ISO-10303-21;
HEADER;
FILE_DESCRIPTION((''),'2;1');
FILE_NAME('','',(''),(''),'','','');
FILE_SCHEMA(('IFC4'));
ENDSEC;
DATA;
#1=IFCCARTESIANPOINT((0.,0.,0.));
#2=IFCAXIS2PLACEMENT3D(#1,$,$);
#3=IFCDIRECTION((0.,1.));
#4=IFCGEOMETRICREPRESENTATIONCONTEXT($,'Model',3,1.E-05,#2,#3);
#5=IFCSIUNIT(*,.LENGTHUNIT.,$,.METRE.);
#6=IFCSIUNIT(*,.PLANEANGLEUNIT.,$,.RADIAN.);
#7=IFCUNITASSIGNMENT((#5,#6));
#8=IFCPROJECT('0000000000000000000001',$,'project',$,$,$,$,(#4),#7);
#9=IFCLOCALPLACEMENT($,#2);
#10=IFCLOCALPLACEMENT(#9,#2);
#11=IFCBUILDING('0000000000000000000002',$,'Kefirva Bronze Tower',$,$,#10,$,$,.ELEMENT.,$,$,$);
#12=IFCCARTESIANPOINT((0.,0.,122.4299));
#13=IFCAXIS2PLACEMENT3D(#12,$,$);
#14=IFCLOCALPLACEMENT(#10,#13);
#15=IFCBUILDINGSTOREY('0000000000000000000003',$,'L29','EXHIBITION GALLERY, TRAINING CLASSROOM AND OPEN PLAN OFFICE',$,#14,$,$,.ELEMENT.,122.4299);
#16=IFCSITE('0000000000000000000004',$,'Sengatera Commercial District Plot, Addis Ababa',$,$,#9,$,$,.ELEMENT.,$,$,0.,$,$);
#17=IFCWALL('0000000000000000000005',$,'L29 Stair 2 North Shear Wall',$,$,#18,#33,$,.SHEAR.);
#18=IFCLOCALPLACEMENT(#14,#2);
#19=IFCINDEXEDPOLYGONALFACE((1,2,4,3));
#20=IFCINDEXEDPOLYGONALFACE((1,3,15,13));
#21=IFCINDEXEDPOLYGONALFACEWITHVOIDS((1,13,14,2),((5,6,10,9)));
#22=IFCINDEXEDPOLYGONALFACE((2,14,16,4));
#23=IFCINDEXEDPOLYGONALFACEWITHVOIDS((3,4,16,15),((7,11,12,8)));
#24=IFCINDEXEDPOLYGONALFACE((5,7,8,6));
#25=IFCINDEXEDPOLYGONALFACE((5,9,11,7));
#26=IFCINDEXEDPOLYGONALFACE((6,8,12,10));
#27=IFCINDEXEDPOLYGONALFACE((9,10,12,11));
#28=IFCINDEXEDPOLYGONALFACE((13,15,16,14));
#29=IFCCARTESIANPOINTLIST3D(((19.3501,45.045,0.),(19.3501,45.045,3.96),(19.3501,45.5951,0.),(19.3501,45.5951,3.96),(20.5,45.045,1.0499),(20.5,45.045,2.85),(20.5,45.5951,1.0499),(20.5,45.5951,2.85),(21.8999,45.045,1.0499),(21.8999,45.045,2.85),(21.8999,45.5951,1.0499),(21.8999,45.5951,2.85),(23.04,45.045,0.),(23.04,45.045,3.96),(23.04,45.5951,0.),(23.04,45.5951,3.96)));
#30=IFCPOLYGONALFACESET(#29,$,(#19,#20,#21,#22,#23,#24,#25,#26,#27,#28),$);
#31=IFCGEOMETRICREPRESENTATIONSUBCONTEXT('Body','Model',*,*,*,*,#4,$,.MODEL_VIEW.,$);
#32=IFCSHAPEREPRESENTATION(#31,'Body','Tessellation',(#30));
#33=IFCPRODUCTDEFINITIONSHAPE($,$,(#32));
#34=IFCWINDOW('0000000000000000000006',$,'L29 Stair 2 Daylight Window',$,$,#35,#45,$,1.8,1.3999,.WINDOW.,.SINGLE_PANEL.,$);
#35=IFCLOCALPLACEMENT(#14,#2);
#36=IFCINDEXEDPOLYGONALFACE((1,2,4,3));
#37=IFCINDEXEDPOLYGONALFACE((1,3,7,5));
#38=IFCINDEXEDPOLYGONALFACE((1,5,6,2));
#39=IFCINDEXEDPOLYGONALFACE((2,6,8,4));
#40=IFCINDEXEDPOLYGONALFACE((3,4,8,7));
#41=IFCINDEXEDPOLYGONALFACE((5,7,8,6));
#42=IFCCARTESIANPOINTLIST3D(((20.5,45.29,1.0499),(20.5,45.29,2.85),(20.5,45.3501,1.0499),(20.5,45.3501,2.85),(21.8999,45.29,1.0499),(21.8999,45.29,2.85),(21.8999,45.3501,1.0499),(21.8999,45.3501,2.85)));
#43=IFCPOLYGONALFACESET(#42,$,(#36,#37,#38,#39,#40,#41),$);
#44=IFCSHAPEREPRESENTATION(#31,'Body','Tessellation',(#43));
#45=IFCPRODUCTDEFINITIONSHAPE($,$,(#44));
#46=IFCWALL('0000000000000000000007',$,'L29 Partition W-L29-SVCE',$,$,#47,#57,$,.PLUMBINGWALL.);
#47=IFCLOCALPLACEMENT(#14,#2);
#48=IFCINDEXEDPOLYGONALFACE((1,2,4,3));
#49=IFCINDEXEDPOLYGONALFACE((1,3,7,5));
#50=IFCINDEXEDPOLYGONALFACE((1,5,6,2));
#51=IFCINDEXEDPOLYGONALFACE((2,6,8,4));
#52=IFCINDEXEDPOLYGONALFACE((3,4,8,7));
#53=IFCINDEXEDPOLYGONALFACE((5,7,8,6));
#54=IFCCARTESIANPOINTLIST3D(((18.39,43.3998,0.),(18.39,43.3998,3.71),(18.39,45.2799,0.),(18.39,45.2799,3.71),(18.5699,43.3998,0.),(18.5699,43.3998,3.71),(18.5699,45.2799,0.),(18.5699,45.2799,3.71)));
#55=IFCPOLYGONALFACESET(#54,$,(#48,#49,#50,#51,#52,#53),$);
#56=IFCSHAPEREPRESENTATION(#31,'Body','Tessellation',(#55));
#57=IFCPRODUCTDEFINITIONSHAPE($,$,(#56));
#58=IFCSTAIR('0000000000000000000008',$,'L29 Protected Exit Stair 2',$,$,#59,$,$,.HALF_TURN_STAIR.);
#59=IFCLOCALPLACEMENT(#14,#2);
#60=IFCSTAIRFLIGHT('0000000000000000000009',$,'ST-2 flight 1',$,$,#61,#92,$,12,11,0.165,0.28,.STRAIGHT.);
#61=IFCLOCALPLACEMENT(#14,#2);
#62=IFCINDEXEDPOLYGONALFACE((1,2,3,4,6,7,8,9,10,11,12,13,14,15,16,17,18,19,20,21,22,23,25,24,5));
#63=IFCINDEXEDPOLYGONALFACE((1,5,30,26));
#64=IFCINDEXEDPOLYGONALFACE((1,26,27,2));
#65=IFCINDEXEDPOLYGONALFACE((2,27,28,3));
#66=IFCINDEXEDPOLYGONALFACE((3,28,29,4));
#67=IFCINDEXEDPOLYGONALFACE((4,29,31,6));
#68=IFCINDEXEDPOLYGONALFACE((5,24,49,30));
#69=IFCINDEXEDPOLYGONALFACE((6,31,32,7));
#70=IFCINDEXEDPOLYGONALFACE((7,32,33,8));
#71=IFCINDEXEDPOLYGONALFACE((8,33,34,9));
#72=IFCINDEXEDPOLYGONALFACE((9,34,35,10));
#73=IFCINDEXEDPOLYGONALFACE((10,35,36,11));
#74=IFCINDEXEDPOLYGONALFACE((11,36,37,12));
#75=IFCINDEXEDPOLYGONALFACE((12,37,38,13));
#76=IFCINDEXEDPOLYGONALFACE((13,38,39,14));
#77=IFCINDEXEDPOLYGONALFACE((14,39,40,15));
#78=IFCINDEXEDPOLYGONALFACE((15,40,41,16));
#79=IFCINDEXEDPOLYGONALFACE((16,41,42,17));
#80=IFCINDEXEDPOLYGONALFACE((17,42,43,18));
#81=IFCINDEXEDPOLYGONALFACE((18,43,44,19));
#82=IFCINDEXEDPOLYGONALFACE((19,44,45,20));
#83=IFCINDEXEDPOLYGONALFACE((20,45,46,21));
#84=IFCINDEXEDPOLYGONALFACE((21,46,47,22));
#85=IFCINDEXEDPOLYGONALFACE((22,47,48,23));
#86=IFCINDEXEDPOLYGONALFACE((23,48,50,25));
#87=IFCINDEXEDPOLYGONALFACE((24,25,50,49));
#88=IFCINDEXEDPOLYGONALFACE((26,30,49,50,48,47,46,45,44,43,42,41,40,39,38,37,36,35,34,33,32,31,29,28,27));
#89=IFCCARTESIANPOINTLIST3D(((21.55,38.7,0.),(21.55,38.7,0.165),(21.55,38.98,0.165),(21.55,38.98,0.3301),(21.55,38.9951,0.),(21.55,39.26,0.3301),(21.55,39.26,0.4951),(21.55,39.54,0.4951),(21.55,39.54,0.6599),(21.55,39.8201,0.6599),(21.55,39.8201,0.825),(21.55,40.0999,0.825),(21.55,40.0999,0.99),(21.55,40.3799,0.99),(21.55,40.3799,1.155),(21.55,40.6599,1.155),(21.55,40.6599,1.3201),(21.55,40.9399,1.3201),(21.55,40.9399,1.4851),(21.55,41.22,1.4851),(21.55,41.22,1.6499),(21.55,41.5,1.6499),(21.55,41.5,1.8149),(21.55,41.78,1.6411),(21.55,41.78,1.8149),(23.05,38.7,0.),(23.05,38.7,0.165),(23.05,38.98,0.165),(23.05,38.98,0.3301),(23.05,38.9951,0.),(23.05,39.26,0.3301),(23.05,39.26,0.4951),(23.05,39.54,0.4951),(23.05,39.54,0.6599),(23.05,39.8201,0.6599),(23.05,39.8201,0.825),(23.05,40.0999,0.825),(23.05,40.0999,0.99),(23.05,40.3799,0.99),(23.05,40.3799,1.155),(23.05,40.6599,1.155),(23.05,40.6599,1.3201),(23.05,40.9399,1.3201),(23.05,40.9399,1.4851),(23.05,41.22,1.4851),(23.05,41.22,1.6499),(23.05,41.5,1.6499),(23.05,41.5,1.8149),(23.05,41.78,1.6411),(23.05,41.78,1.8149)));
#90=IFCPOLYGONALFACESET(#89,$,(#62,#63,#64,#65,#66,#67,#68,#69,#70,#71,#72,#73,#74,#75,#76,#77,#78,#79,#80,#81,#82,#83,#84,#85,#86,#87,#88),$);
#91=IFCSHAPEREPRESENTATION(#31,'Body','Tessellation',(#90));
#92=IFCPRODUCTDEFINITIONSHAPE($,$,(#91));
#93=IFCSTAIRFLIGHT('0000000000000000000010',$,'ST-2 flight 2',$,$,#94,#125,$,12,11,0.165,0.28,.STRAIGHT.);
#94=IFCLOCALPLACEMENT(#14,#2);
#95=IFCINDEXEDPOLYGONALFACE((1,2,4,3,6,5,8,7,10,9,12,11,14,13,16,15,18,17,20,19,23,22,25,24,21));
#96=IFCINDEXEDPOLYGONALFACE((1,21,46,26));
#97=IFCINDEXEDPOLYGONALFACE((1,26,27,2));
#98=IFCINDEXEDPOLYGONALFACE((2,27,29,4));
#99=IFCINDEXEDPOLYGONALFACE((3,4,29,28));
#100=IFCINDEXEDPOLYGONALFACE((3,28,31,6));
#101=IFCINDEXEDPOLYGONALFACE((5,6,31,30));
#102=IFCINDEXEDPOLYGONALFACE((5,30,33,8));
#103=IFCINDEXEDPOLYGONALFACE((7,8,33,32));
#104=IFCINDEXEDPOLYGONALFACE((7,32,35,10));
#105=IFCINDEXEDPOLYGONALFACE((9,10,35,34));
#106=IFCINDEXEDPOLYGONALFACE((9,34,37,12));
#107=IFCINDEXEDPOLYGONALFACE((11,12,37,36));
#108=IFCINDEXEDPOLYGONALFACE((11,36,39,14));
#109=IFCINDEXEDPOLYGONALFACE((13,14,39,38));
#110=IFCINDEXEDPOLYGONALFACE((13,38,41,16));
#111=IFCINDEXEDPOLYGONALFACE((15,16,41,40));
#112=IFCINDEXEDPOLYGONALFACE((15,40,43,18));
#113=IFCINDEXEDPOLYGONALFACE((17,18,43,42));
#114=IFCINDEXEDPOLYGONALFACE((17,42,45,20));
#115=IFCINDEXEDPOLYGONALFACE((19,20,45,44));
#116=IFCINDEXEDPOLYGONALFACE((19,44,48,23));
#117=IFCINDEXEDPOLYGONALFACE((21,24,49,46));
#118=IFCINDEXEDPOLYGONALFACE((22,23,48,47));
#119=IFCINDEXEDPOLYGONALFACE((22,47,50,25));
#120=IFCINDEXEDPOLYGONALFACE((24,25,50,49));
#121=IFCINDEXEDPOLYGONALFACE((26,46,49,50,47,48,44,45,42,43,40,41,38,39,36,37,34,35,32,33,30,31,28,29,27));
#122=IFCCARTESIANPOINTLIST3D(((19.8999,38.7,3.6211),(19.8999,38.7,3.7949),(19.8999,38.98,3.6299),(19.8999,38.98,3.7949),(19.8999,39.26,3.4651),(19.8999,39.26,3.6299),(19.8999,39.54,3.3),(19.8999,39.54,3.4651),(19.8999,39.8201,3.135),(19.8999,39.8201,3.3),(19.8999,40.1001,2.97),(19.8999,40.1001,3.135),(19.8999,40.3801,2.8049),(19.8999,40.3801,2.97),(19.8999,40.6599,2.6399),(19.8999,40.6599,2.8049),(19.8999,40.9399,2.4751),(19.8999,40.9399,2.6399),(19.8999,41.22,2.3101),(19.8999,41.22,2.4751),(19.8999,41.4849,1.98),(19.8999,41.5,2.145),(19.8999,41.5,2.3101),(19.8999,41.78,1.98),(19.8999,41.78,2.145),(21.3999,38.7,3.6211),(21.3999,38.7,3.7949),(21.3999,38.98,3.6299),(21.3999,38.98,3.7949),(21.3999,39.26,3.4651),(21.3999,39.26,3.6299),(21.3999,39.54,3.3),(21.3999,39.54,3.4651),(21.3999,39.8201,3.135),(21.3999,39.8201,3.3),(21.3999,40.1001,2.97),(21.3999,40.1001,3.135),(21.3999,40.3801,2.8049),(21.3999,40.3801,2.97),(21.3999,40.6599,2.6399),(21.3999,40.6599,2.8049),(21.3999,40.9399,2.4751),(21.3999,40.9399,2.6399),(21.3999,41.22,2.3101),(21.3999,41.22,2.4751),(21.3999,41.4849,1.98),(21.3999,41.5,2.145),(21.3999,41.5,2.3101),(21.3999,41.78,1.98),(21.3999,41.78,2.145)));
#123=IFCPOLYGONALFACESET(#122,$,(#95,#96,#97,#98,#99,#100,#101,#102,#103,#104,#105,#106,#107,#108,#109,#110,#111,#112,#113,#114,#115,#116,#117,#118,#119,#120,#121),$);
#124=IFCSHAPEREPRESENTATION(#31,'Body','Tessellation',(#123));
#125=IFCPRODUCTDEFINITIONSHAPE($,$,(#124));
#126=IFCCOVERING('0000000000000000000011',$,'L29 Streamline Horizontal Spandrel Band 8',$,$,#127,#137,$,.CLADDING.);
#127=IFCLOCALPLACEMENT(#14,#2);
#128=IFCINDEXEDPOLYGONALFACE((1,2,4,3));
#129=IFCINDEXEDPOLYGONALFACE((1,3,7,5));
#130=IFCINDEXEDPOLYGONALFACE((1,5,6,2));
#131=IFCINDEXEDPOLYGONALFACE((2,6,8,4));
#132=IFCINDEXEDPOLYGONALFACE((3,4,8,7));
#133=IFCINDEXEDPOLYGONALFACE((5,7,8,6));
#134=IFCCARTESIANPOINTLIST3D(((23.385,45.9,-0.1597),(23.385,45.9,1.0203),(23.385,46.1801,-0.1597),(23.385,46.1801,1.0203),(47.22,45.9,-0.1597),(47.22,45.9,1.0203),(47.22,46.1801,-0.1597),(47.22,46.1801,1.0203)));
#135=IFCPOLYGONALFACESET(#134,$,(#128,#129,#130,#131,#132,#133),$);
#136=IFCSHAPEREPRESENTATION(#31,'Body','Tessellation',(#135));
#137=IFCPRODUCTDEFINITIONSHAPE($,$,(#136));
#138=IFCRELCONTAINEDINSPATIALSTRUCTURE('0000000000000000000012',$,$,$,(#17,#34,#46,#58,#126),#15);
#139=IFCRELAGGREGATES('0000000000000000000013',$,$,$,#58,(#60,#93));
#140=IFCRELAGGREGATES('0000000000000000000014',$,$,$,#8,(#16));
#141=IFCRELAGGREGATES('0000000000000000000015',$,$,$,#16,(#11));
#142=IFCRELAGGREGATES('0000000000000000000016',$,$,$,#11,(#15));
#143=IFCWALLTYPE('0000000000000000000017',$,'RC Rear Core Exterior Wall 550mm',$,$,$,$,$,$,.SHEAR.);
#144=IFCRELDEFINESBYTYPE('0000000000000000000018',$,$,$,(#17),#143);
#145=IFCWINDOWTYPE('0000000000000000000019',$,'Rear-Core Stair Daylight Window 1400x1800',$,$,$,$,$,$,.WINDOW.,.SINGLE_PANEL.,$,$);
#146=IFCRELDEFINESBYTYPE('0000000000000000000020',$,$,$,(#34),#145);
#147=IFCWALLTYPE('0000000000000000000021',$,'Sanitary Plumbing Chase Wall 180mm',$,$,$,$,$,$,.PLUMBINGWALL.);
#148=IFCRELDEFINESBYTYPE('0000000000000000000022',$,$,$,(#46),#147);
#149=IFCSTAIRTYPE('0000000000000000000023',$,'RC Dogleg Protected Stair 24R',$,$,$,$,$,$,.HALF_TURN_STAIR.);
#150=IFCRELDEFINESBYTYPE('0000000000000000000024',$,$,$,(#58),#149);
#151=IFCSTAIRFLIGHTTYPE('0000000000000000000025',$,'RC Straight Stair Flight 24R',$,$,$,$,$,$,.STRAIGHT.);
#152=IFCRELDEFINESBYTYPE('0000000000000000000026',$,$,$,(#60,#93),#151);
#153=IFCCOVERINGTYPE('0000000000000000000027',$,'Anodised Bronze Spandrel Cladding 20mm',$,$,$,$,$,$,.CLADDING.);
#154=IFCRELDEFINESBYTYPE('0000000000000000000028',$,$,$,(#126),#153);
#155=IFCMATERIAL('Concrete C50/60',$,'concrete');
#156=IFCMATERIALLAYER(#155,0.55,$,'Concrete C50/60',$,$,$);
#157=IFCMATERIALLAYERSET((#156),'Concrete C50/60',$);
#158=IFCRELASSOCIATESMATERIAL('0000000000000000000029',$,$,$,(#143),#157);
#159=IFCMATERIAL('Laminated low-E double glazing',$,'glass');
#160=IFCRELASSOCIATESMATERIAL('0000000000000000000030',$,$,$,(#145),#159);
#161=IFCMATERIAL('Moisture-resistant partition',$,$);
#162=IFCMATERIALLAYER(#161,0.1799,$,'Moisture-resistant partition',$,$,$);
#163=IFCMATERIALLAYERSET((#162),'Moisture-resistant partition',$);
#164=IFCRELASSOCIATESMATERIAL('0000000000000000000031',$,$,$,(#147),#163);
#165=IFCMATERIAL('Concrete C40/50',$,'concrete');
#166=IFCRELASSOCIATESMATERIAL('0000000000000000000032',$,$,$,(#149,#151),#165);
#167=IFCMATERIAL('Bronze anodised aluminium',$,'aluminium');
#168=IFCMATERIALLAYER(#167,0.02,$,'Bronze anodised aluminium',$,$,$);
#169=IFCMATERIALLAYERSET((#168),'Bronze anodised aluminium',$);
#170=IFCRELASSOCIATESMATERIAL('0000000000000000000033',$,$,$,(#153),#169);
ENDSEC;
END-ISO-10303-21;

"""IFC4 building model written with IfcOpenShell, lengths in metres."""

from ifc_helpers import new_model, si_unit, direction, frame, frame_2d, origin, origin_2d, place, context, subcontext, project, spatial, polyline, rectangle, outline, extrude, material, layer, layer_set, type_object, element, fill, aggregate, save


model = new_model("IFC4")

# Units and contexts
model_context = context("Model", 3, precision=1e-05, world=origin(), true_north=direction((0.0, 1.0)))
body_context = subcontext(model_context, "Body", "Model", "MODEL_VIEW")
ifc_project = project(units=[si_unit("LENGTHUNIT", "METRE"), si_unit("PLANEANGLEUNIT", "RADIAN")], contexts=[model_context])

# Site, building, storey
site_placement = place(None, origin())
site = spatial("IfcSite", under=ifc_project, at=site_placement, Name="Sengatera Commercial District Plot, Addis Ababa", CompositionType="ELEMENT", RefElevation=0.0)
building_placement = place(site_placement, origin())
building = spatial("IfcBuilding", under=site, at=building_placement, Name="Kefirva Bronze Tower", CompositionType="ELEMENT")
storey_placement = place(building_placement, frame((0.0, 0.0, 122.4299)))
storey = spatial("IfcBuildingStorey", under=building, at=storey_placement, Name="L29", Description="EXHIBITION GALLERY, TRAINING CLASSROOM AND OPEN PLAN OFFICE", CompositionType="ELEMENT", Elevation=122.4299)

# Shared definitions
ifc_material_1 = material(Name="Bronze anodised aluminium", Category="aluminium")

# Shared definitions
ifc_material_2 = material(Name="Concrete C50/60", Category="concrete")

# Shared definitions
ifc_material_3 = material(Name="Laminated low-E double glazing", Category="glass")

# Wall, opening, window
ifc_layer_1 = layer(ifc_material_2, 0.55, Name="Concrete C50/60")
ifc_layer_set_1 = layer_set([ifc_layer_1], Name="Concrete C50/60")
wall_type_1 = type_object("IfcWallType", Name="RC Rear Core Exterior Wall 550mm", PredefinedType="SHEAR", material=ifc_layer_set_1)
wall_1_placement = place(storey_placement, frame((19.3501, 45.3201, 0.0), z_axis=(0.0, 0.0, 1.0), x_axis=(1.0, 0.0, 0.0)))
wall_1 = element("IfcWall", 1, at=wall_1_placement, inside=storey, type_object=wall_type_1, Name="L29 Stair 2 North Shear Wall", PredefinedType="SHEAR", context=body_context, shape_type="SweptSolid", body=[
    extrude(rectangle(XDim=3.6899, YDim=0.55, at=frame_2d((1.845, 0.0))), origin(), (0.0, 0.0, 1.0), 3.96),
])
opening_placement = place(wall_1_placement, frame((1.1499, 0.0, 1.05)))
opening = element("IfcOpeningElement", 2, at=opening_placement, cuts=wall_1, PredefinedType="OPENING", context=body_context, shape_type="SweptSolid", body=[
    extrude(rectangle(XDim=1.3999, YDim=1.8, at=frame_2d((0.7, 0.8999))), frame((0.0, 0.2852, 0.0), z_axis=(0.0, -1.0, 0.0), x_axis=(1.0, 0.0, 0.0)), (0.0, 0.0, 1.0), 0.5701),
])
window_type = type_object("IfcWindowType", Name="Rear-Core Stair Daylight Window 1400x1800", PartitioningType="SINGLE_PANEL", PredefinedType="WINDOW", material=ifc_material_3)
window_placement = place(opening_placement, origin())
window = element("IfcWindow", 3, at=window_placement, inside=storey, type_object=window_type, Name="L29 Stair 2 Daylight Window", OverallHeight=1.8, OverallWidth=1.3999, PartitioningType="SINGLE_PANEL", PredefinedType="WINDOW", context=body_context, shape_type="SweptSolid", body=[
    extrude(rectangle(XDim=1.3999, YDim=1.8, at=frame_2d((0.7, 0.8999))), frame((0.0, 0.03, 0.0), z_axis=(0.0, -1.0, 0.0), x_axis=(1.0, 0.0, 0.0)), (0.0, 0.0, 1.0), 0.0601),
])
fill(opening, window)

# Wall
ifc_material_4 = material(Name="Moisture-resistant partition")
ifc_layer_2 = layer(ifc_material_4, 0.1799, Name="Moisture-resistant partition")
ifc_layer_set_2 = layer_set([ifc_layer_2], Name="Moisture-resistant partition")
wall_type_2 = type_object("IfcWallType", Name="Sanitary Plumbing Chase Wall 180mm", PredefinedType="PLUMBINGWALL", material=ifc_layer_set_2)
wall_2_placement = place(storey_placement, frame((18.48, 43.3999, 0.0), z_axis=(0.0, 0.0, 1.0), x_axis=(0.0, 1.0, 0.0)))
element("IfcWall", 4, at=wall_2_placement, inside=storey, type_object=wall_type_2, Name="L29 Partition W-L29-SVCE", PredefinedType="PLUMBINGWALL", context=body_context, shape_type="SweptSolid", body=[
    extrude(rectangle(XDim=1.8801, YDim=0.1799, at=frame_2d((0.9399, 0.0))), origin(), (0.0, 0.0, 1.0), 3.71),
])

# Stair, stair flights
ifc_material_5 = material(Name="Concrete C40/50", Category="concrete")
stair_type = type_object("IfcStairType", Name="RC Dogleg Protected Stair 24R", PredefinedType="HALF_TURN_STAIR", material=ifc_material_5)
stair_placement = place(storey_placement, origin())
stair = element("IfcStair", 5, at=stair_placement, inside=storey, type_object=stair_type, Name="L29 Protected Exit Stair 2", PredefinedType="HALF_TURN_STAIR")
stair_flight_type = type_object("IfcStairFlightType", Name="RC Straight Stair Flight 24R", PredefinedType="STRAIGHT", material=ifc_material_5)
stair_flight_1_placement = place(storey_placement, frame((22.3, 38.7, 0.0), z_axis=(0.0, 0.0, 1.0), x_axis=(0.0, 1.0, 0.0)))
stair_flight_1 = element("IfcStairFlight", 6, at=stair_flight_1_placement, type_object=stair_flight_type, Name="ST-2 flight 1", NumberOfRisers=12, NumberOfTreads=11, PredefinedType="STRAIGHT", RiserHeight=0.165, TreadLength=0.28, context=body_context, shape_type="SweptSolid", body=[
    extrude(outline(polyline([(0.0, 0.0), (0.0, 0.165), (0.28, 0.165), (0.28, 0.3301), (0.5601, 0.3301), (0.5601, 0.4951), (0.8401, 0.4951), (0.8401, 0.6599), (1.1201, 0.6599), (1.1201, 0.825), (1.3999, 0.825), (1.3999, 0.99), (1.6799, 0.99), (1.6799, 1.155), (1.96, 1.155), (1.96, 1.3201), (2.24, 1.3201), (2.24, 1.4851), (2.52, 1.4851), (2.52, 1.6499), (2.8, 1.6499), (2.8, 1.8149), (3.0801, 1.8149), (3.0801, 1.98), (3.0801, 1.6411), (0.2952, 0.0), (0.0, 0.0)])), frame((0.0, 0.75, 0.0), z_axis=(0.0, -1.0, 0.0), x_axis=(1.0, 0.0, 0.0)), (0.0, 0.0, 1.0), 1.5),
])
stair_flight_2_placement = place(storey_placement, frame((20.6499, 41.78, 1.98), z_axis=(0.0, 0.0, 1.0), x_axis=(0.0, -1.0, 0.0)))
stair_flight_2 = element("IfcStairFlight", 7, at=stair_flight_2_placement, type_object=stair_flight_type, Name="ST-2 flight 2", NumberOfRisers=12, NumberOfTreads=11, PredefinedType="STRAIGHT", RiserHeight=0.165, TreadLength=0.28, context=body_context, shape_type="SweptSolid", body=[
    extrude(outline(polyline([(0.0, 0.0), (0.0, 0.165), (0.28, 0.165), (0.28, 0.3301), (0.5601, 0.3301), (0.5601, 0.4951), (0.8401, 0.4951), (0.8401, 0.6599), (1.1201, 0.6599), (1.1201, 0.825), (1.3999, 0.825), (1.3999, 0.99), (1.6799, 0.99), (1.6799, 1.155), (1.96, 1.155), (1.96, 1.3201), (2.24, 1.3201), (2.24, 1.4851), (2.52, 1.4851), (2.52, 1.6499), (2.8, 1.6499), (2.8, 1.8149), (3.0801, 1.8149), (3.0801, 1.98), (3.0801, 1.6411), (0.2952, 0.0), (0.0, 0.0)])), frame((0.0, 0.75, 0.0), z_axis=(0.0, -1.0, 0.0), x_axis=(1.0, 0.0, 0.0)), (0.0, 0.0, 1.0), 1.5),
])
aggregate(stair, [stair_flight_1, stair_flight_2])

# Covering
ifc_layer_3 = layer(ifc_material_1, 0.02, Name="Bronze anodised aluminium")
ifc_layer_set_3 = layer_set([ifc_layer_3], Name="Bronze anodised aluminium")
covering_type_1 = type_object("IfcCoveringType", Name="Anodised Bronze Spandrel Cladding 20mm", PredefinedType="CLADDING", material=ifc_layer_set_3)
covering_placement = place(storey_placement, frame((35.3025, 46.04, -0.1597), z_axis=(0.0, 0.0, 1.0), x_axis=(-1.0, 0.0, 0.0)))
element("IfcCovering", 8, at=covering_placement, inside=storey, type_object=covering_type_1, Name="L29 Streamline Horizontal Spandrel Band 8", PredefinedType="CLADDING", context=body_context, shape_type="SweptSolid", body=[
    extrude(rectangle(XDim=23.835, YDim=0.28, at=origin_2d()), origin(), (0.0, 0.0, 1.0), 1.1799),
])

save(model, "model.ifc")
